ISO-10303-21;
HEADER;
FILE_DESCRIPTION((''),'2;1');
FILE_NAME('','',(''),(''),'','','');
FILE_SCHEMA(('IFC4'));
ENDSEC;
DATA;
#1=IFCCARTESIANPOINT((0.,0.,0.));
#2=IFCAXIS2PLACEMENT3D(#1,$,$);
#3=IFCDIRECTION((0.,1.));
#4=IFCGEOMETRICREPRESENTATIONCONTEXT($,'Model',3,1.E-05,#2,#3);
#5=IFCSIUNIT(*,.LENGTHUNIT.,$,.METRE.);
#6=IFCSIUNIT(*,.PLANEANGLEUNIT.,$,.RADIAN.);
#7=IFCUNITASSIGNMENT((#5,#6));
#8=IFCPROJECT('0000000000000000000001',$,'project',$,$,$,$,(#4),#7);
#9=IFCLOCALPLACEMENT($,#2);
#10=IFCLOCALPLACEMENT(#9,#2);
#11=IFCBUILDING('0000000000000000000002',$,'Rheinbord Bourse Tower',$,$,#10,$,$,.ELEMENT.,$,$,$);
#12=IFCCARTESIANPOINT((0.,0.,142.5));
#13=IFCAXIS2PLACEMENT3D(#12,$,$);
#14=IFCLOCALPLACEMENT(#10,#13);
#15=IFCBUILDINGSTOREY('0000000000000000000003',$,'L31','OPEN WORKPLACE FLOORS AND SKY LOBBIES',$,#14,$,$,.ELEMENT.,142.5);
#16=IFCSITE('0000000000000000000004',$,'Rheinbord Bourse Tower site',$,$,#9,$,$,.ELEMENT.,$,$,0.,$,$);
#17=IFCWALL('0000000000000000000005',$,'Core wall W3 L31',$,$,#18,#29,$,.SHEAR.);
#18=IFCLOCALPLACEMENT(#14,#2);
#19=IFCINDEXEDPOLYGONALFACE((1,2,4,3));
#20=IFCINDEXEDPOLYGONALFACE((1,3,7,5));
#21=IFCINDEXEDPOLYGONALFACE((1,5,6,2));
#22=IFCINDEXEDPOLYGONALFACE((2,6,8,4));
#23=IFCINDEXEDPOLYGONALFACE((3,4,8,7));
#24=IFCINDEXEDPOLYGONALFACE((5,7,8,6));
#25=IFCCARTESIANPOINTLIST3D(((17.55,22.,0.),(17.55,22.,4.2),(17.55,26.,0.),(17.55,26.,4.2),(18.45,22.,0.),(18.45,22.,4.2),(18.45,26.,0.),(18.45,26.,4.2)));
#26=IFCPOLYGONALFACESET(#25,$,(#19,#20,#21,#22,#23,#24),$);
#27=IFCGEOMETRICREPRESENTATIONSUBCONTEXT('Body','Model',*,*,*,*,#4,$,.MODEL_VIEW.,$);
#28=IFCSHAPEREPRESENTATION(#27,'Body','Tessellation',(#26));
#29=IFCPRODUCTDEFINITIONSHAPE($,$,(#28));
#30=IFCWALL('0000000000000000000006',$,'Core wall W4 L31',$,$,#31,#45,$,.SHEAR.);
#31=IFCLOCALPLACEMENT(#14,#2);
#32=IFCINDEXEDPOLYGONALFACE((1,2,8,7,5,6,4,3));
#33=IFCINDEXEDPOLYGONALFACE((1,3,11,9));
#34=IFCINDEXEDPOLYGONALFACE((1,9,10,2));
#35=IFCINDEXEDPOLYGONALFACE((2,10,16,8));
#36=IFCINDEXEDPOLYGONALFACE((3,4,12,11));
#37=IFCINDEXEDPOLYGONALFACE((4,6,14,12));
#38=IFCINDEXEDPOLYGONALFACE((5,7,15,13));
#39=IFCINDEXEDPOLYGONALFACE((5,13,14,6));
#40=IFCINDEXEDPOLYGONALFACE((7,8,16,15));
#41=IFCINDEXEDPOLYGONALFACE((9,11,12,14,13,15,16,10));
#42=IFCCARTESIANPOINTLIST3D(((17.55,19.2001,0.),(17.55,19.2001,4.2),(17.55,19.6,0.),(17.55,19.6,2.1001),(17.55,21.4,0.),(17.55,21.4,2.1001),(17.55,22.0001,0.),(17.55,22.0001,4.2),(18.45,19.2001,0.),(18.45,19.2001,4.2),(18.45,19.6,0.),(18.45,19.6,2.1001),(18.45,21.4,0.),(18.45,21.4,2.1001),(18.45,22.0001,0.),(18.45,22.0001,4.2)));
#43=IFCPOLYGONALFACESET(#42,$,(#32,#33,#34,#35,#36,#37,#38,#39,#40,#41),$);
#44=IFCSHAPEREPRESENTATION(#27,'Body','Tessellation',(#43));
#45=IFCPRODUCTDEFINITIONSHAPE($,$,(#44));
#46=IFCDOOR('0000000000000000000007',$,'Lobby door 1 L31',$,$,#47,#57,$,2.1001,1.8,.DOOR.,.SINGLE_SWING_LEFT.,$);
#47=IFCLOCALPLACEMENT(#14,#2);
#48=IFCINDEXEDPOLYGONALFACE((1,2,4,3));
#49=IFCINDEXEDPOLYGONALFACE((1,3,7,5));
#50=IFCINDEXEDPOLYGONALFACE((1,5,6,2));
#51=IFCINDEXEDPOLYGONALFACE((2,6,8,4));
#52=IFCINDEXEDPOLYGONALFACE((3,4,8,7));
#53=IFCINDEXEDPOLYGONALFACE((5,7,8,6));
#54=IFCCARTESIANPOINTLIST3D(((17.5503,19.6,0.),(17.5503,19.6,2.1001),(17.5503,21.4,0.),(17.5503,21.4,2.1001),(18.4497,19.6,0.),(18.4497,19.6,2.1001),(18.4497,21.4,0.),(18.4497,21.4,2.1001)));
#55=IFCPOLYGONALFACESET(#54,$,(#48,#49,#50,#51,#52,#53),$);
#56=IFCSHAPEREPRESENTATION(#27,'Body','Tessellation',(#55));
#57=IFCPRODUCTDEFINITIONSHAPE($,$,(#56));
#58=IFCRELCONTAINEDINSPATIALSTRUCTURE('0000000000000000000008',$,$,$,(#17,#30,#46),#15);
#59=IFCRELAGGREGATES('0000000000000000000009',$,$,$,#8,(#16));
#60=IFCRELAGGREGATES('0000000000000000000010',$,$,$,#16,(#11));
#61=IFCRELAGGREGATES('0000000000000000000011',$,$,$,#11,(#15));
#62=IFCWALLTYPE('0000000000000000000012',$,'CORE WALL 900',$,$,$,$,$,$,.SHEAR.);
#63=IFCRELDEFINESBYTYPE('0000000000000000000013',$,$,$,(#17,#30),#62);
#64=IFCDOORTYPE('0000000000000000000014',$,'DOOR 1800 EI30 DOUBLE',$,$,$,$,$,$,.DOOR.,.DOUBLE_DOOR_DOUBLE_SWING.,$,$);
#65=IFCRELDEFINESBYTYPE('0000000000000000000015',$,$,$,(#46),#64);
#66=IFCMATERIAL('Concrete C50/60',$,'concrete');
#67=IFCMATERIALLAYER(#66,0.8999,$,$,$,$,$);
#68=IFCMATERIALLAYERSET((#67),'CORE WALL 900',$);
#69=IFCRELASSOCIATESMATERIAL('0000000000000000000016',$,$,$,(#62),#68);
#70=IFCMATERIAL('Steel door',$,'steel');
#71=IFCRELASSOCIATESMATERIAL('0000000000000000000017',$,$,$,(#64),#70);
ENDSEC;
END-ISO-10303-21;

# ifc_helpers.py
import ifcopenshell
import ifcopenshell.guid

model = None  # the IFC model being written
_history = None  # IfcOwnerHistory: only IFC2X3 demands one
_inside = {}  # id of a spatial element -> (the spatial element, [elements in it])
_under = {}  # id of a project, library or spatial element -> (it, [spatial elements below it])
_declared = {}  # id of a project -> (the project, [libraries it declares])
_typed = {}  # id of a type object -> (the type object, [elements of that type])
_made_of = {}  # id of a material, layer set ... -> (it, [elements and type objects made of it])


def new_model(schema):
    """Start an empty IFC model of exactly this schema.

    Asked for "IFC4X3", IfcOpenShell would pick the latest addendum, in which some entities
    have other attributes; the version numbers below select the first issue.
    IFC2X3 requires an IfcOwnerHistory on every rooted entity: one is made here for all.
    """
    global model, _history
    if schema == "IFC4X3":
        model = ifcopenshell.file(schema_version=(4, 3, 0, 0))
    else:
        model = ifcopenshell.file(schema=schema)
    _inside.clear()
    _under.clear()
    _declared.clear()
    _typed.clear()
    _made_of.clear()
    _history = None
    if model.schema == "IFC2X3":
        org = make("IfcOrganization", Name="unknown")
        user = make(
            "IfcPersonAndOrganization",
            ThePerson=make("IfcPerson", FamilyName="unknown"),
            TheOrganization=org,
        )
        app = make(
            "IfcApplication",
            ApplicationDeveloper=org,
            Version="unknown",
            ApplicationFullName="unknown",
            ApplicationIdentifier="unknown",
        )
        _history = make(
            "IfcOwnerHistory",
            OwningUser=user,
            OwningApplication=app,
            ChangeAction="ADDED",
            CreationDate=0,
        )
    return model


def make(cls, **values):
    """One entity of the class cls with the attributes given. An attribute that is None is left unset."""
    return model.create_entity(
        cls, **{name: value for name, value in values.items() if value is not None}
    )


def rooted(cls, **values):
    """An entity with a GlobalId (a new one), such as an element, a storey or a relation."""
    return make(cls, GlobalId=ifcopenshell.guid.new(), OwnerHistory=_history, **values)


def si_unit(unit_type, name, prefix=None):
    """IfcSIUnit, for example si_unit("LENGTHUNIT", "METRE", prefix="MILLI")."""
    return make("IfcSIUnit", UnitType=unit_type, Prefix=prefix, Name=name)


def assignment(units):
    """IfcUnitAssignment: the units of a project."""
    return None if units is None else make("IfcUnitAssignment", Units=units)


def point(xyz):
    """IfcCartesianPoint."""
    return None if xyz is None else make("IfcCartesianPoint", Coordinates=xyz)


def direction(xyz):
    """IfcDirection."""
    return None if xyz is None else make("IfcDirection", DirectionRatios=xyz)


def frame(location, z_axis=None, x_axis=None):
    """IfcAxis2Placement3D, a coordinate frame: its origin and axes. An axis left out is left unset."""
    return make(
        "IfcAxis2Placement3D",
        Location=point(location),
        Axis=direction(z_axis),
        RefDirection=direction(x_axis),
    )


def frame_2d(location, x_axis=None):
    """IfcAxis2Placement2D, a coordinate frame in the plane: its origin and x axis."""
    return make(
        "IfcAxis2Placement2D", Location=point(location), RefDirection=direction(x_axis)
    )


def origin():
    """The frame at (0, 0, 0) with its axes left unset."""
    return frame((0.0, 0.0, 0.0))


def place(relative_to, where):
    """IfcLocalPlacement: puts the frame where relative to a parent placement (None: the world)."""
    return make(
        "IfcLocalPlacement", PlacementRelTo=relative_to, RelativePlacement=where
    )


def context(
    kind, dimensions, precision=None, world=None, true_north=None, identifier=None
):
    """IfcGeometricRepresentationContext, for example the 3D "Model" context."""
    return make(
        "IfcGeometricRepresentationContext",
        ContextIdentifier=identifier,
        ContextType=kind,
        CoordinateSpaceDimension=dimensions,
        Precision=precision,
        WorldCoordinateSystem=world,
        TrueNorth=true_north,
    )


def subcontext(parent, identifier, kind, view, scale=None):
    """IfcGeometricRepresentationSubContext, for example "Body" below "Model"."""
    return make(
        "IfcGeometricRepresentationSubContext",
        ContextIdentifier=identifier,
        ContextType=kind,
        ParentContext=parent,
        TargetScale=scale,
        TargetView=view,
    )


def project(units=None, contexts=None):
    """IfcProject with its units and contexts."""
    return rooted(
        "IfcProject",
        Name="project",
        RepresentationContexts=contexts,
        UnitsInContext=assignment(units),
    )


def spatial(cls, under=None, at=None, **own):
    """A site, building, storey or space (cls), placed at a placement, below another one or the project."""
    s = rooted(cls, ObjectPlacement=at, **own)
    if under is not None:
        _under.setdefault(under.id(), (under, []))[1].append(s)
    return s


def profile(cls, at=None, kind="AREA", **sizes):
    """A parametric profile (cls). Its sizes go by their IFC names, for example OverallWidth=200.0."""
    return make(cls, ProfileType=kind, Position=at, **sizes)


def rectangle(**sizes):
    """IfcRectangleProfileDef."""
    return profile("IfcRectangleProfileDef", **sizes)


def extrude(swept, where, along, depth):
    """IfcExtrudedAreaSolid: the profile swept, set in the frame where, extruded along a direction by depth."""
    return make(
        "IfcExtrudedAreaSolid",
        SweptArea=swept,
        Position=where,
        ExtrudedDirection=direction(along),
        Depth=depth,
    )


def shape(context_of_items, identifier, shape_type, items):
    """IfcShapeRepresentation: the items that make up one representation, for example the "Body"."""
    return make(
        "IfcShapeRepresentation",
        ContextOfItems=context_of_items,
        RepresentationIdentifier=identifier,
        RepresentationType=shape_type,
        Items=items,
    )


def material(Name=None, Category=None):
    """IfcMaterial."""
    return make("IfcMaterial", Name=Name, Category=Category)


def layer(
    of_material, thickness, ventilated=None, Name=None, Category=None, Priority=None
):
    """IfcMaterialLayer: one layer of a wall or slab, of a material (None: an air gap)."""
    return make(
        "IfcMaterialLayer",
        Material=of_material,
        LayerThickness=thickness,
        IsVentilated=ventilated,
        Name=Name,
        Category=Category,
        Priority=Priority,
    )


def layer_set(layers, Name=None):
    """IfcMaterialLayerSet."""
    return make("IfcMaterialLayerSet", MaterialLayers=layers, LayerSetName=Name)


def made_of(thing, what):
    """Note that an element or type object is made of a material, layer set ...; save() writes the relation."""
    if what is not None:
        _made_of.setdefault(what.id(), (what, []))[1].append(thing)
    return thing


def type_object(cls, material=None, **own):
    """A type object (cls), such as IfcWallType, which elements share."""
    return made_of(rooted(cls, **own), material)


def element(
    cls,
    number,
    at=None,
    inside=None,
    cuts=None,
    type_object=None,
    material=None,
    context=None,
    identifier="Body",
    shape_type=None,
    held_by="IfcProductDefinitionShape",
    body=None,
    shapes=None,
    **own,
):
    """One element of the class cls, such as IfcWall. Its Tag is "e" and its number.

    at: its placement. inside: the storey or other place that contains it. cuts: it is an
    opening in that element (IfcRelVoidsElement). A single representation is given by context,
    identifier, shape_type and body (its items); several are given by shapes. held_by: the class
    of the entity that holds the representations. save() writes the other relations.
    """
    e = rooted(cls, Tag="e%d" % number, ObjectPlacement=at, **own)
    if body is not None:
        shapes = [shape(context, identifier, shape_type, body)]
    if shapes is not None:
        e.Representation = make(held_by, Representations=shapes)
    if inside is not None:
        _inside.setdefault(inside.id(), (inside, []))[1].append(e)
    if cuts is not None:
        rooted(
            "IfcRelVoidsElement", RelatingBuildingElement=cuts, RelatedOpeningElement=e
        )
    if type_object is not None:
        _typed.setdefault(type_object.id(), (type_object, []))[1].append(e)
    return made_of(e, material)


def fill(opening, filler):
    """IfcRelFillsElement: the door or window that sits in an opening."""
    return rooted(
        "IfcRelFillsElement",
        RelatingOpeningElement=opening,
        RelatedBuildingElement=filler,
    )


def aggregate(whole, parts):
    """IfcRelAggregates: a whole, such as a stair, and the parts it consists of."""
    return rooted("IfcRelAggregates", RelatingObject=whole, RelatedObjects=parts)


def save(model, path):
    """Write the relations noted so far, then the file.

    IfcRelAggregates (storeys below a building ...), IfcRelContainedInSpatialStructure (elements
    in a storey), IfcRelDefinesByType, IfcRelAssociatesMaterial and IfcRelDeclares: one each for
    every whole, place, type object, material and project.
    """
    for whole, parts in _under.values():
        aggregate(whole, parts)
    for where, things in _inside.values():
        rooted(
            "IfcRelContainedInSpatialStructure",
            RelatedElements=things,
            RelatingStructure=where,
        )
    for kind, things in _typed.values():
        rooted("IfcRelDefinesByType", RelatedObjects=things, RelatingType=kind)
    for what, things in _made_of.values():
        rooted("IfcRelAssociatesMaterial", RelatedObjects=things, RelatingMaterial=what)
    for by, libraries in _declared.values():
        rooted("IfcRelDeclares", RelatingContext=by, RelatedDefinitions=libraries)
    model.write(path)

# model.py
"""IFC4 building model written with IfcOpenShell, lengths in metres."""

from ifc_helpers import new_model, si_unit, direction, frame, frame_2d, origin, place, context, subcontext, project, spatial, rectangle, extrude, material, layer, layer_set, type_object, element, fill, save


model = new_model("IFC4")

# Units and contexts
model_context = context("Model", 3, precision=1e-05, world=origin(), true_north=direction((0.0, 1.0)))
body_context = subcontext(model_context, "Body", "Model", "MODEL_VIEW")
ifc_project = project(units=[si_unit("LENGTHUNIT", "METRE"), si_unit("PLANEANGLEUNIT", "RADIAN")], contexts=[model_context])

# Site, building, storey
site_placement = place(None, origin())
site = spatial("IfcSite", under=ifc_project, at=site_placement, Name="Rheinbord Bourse Tower site", CompositionType="ELEMENT", RefElevation=0.0)
building_placement = place(site_placement, origin())
building = spatial("IfcBuilding", under=site, at=building_placement, Name="Rheinbord Bourse Tower", CompositionType="ELEMENT")
storey_placement = place(building_placement, frame((0.0, 0.0, 142.5)))
storey = spatial("IfcBuildingStorey", under=building, at=storey_placement, Name="L31", Description="OPEN WORKPLACE FLOORS AND SKY LOBBIES", CompositionType="ELEMENT", Elevation=142.5)

# Shared definitions
ifc_material_1 = material(Name="Concrete C50/60", Category="concrete")
ifc_layer_1 = layer(ifc_material_1, 0.8999)
ifc_layer_set_1 = layer_set([ifc_layer_1], Name="CORE WALL 900")
wall_type_1 = type_object("IfcWallType", Name="CORE WALL 900", PredefinedType="SHEAR", material=ifc_layer_set_1)
ifc_material_2 = material(Name="Steel door", Category="steel")
door_type_1 = type_object("IfcDoorType", Name="DOOR 1800 EI30 DOUBLE", OperationType="DOUBLE_DOOR_DOUBLE_SWING", PredefinedType="DOOR", material=ifc_material_2)

# Wall
wall_1_placement = place(storey_placement, frame((18.0, 26.0, 0.0), z_axis=(0.0, 0.0, 1.0), x_axis=(0.0, -1.0, 0.0)))
element("IfcWall", 1, at=wall_1_placement, inside=storey, type_object=wall_type_1, Name="Core wall W3 L31", PredefinedType="SHEAR", context=body_context, shape_type="SweptSolid", body=[
    extrude(rectangle(XDim=4.0, YDim=0.8999, at=frame_2d((2.0, 0.0))), origin(), (0.0, 0.0, 1.0), 4.2),
])

# Wall, opening, door
wall_2_placement = place(storey_placement, frame((18.0, 22.0, 0.0), z_axis=(0.0, 0.0, 1.0), x_axis=(0.0, -1.0, 0.0)))
wall_2 = element("IfcWall", 2, at=wall_2_placement, inside=storey, type_object=wall_type_1, Name="Core wall W4 L31", PredefinedType="SHEAR", context=body_context, shape_type="SweptSolid", body=[
    extrude(rectangle(XDim=2.8, YDim=0.8999, at=frame_2d((1.3999, 0.0))), origin(), (0.0, 0.0, 1.0), 4.2),
])
opening_1_placement = place(wall_2_placement, frame((0.6001, 0.0, 0.0)))
opening_1 = element("IfcOpeningElement", 3, at=opening_1_placement, cuts=wall_2, PredefinedType="OPENING", context=body_context, shape_type="SweptSolid", body=[
    extrude(rectangle(XDim=1.8, YDim=2.1001, at=frame_2d((0.8999, 1.05))), frame((0.0, 0.46, 0.0), z_axis=(0.0, -1.0, 0.0), x_axis=(1.0, 0.0, 0.0)), (0.0, 0.0, 1.0), 0.9199),
])
door_1_placement = place(opening_1_placement, origin())
door_1 = element("IfcDoor", 4, at=door_1_placement, inside=storey, type_object=door_type_1, Name="Lobby door 1 L31", OperationType="SINGLE_SWING_LEFT", OverallHeight=2.1001, OverallWidth=1.8, PredefinedType="DOOR", context=body_context, shape_type="SweptSolid", body=[
    extrude(rectangle(XDim=1.8, YDim=2.1001, at=frame_2d((0.8999, 1.05))), frame((0.0, 0.4497, 0.0), z_axis=(0.0, -1.0, 0.0), x_axis=(1.0, 0.0, 0.0)), (0.0, 0.0, 1.0), 0.8994),
])
fill(opening_1, door_1)

save(model, "model.ifc")
